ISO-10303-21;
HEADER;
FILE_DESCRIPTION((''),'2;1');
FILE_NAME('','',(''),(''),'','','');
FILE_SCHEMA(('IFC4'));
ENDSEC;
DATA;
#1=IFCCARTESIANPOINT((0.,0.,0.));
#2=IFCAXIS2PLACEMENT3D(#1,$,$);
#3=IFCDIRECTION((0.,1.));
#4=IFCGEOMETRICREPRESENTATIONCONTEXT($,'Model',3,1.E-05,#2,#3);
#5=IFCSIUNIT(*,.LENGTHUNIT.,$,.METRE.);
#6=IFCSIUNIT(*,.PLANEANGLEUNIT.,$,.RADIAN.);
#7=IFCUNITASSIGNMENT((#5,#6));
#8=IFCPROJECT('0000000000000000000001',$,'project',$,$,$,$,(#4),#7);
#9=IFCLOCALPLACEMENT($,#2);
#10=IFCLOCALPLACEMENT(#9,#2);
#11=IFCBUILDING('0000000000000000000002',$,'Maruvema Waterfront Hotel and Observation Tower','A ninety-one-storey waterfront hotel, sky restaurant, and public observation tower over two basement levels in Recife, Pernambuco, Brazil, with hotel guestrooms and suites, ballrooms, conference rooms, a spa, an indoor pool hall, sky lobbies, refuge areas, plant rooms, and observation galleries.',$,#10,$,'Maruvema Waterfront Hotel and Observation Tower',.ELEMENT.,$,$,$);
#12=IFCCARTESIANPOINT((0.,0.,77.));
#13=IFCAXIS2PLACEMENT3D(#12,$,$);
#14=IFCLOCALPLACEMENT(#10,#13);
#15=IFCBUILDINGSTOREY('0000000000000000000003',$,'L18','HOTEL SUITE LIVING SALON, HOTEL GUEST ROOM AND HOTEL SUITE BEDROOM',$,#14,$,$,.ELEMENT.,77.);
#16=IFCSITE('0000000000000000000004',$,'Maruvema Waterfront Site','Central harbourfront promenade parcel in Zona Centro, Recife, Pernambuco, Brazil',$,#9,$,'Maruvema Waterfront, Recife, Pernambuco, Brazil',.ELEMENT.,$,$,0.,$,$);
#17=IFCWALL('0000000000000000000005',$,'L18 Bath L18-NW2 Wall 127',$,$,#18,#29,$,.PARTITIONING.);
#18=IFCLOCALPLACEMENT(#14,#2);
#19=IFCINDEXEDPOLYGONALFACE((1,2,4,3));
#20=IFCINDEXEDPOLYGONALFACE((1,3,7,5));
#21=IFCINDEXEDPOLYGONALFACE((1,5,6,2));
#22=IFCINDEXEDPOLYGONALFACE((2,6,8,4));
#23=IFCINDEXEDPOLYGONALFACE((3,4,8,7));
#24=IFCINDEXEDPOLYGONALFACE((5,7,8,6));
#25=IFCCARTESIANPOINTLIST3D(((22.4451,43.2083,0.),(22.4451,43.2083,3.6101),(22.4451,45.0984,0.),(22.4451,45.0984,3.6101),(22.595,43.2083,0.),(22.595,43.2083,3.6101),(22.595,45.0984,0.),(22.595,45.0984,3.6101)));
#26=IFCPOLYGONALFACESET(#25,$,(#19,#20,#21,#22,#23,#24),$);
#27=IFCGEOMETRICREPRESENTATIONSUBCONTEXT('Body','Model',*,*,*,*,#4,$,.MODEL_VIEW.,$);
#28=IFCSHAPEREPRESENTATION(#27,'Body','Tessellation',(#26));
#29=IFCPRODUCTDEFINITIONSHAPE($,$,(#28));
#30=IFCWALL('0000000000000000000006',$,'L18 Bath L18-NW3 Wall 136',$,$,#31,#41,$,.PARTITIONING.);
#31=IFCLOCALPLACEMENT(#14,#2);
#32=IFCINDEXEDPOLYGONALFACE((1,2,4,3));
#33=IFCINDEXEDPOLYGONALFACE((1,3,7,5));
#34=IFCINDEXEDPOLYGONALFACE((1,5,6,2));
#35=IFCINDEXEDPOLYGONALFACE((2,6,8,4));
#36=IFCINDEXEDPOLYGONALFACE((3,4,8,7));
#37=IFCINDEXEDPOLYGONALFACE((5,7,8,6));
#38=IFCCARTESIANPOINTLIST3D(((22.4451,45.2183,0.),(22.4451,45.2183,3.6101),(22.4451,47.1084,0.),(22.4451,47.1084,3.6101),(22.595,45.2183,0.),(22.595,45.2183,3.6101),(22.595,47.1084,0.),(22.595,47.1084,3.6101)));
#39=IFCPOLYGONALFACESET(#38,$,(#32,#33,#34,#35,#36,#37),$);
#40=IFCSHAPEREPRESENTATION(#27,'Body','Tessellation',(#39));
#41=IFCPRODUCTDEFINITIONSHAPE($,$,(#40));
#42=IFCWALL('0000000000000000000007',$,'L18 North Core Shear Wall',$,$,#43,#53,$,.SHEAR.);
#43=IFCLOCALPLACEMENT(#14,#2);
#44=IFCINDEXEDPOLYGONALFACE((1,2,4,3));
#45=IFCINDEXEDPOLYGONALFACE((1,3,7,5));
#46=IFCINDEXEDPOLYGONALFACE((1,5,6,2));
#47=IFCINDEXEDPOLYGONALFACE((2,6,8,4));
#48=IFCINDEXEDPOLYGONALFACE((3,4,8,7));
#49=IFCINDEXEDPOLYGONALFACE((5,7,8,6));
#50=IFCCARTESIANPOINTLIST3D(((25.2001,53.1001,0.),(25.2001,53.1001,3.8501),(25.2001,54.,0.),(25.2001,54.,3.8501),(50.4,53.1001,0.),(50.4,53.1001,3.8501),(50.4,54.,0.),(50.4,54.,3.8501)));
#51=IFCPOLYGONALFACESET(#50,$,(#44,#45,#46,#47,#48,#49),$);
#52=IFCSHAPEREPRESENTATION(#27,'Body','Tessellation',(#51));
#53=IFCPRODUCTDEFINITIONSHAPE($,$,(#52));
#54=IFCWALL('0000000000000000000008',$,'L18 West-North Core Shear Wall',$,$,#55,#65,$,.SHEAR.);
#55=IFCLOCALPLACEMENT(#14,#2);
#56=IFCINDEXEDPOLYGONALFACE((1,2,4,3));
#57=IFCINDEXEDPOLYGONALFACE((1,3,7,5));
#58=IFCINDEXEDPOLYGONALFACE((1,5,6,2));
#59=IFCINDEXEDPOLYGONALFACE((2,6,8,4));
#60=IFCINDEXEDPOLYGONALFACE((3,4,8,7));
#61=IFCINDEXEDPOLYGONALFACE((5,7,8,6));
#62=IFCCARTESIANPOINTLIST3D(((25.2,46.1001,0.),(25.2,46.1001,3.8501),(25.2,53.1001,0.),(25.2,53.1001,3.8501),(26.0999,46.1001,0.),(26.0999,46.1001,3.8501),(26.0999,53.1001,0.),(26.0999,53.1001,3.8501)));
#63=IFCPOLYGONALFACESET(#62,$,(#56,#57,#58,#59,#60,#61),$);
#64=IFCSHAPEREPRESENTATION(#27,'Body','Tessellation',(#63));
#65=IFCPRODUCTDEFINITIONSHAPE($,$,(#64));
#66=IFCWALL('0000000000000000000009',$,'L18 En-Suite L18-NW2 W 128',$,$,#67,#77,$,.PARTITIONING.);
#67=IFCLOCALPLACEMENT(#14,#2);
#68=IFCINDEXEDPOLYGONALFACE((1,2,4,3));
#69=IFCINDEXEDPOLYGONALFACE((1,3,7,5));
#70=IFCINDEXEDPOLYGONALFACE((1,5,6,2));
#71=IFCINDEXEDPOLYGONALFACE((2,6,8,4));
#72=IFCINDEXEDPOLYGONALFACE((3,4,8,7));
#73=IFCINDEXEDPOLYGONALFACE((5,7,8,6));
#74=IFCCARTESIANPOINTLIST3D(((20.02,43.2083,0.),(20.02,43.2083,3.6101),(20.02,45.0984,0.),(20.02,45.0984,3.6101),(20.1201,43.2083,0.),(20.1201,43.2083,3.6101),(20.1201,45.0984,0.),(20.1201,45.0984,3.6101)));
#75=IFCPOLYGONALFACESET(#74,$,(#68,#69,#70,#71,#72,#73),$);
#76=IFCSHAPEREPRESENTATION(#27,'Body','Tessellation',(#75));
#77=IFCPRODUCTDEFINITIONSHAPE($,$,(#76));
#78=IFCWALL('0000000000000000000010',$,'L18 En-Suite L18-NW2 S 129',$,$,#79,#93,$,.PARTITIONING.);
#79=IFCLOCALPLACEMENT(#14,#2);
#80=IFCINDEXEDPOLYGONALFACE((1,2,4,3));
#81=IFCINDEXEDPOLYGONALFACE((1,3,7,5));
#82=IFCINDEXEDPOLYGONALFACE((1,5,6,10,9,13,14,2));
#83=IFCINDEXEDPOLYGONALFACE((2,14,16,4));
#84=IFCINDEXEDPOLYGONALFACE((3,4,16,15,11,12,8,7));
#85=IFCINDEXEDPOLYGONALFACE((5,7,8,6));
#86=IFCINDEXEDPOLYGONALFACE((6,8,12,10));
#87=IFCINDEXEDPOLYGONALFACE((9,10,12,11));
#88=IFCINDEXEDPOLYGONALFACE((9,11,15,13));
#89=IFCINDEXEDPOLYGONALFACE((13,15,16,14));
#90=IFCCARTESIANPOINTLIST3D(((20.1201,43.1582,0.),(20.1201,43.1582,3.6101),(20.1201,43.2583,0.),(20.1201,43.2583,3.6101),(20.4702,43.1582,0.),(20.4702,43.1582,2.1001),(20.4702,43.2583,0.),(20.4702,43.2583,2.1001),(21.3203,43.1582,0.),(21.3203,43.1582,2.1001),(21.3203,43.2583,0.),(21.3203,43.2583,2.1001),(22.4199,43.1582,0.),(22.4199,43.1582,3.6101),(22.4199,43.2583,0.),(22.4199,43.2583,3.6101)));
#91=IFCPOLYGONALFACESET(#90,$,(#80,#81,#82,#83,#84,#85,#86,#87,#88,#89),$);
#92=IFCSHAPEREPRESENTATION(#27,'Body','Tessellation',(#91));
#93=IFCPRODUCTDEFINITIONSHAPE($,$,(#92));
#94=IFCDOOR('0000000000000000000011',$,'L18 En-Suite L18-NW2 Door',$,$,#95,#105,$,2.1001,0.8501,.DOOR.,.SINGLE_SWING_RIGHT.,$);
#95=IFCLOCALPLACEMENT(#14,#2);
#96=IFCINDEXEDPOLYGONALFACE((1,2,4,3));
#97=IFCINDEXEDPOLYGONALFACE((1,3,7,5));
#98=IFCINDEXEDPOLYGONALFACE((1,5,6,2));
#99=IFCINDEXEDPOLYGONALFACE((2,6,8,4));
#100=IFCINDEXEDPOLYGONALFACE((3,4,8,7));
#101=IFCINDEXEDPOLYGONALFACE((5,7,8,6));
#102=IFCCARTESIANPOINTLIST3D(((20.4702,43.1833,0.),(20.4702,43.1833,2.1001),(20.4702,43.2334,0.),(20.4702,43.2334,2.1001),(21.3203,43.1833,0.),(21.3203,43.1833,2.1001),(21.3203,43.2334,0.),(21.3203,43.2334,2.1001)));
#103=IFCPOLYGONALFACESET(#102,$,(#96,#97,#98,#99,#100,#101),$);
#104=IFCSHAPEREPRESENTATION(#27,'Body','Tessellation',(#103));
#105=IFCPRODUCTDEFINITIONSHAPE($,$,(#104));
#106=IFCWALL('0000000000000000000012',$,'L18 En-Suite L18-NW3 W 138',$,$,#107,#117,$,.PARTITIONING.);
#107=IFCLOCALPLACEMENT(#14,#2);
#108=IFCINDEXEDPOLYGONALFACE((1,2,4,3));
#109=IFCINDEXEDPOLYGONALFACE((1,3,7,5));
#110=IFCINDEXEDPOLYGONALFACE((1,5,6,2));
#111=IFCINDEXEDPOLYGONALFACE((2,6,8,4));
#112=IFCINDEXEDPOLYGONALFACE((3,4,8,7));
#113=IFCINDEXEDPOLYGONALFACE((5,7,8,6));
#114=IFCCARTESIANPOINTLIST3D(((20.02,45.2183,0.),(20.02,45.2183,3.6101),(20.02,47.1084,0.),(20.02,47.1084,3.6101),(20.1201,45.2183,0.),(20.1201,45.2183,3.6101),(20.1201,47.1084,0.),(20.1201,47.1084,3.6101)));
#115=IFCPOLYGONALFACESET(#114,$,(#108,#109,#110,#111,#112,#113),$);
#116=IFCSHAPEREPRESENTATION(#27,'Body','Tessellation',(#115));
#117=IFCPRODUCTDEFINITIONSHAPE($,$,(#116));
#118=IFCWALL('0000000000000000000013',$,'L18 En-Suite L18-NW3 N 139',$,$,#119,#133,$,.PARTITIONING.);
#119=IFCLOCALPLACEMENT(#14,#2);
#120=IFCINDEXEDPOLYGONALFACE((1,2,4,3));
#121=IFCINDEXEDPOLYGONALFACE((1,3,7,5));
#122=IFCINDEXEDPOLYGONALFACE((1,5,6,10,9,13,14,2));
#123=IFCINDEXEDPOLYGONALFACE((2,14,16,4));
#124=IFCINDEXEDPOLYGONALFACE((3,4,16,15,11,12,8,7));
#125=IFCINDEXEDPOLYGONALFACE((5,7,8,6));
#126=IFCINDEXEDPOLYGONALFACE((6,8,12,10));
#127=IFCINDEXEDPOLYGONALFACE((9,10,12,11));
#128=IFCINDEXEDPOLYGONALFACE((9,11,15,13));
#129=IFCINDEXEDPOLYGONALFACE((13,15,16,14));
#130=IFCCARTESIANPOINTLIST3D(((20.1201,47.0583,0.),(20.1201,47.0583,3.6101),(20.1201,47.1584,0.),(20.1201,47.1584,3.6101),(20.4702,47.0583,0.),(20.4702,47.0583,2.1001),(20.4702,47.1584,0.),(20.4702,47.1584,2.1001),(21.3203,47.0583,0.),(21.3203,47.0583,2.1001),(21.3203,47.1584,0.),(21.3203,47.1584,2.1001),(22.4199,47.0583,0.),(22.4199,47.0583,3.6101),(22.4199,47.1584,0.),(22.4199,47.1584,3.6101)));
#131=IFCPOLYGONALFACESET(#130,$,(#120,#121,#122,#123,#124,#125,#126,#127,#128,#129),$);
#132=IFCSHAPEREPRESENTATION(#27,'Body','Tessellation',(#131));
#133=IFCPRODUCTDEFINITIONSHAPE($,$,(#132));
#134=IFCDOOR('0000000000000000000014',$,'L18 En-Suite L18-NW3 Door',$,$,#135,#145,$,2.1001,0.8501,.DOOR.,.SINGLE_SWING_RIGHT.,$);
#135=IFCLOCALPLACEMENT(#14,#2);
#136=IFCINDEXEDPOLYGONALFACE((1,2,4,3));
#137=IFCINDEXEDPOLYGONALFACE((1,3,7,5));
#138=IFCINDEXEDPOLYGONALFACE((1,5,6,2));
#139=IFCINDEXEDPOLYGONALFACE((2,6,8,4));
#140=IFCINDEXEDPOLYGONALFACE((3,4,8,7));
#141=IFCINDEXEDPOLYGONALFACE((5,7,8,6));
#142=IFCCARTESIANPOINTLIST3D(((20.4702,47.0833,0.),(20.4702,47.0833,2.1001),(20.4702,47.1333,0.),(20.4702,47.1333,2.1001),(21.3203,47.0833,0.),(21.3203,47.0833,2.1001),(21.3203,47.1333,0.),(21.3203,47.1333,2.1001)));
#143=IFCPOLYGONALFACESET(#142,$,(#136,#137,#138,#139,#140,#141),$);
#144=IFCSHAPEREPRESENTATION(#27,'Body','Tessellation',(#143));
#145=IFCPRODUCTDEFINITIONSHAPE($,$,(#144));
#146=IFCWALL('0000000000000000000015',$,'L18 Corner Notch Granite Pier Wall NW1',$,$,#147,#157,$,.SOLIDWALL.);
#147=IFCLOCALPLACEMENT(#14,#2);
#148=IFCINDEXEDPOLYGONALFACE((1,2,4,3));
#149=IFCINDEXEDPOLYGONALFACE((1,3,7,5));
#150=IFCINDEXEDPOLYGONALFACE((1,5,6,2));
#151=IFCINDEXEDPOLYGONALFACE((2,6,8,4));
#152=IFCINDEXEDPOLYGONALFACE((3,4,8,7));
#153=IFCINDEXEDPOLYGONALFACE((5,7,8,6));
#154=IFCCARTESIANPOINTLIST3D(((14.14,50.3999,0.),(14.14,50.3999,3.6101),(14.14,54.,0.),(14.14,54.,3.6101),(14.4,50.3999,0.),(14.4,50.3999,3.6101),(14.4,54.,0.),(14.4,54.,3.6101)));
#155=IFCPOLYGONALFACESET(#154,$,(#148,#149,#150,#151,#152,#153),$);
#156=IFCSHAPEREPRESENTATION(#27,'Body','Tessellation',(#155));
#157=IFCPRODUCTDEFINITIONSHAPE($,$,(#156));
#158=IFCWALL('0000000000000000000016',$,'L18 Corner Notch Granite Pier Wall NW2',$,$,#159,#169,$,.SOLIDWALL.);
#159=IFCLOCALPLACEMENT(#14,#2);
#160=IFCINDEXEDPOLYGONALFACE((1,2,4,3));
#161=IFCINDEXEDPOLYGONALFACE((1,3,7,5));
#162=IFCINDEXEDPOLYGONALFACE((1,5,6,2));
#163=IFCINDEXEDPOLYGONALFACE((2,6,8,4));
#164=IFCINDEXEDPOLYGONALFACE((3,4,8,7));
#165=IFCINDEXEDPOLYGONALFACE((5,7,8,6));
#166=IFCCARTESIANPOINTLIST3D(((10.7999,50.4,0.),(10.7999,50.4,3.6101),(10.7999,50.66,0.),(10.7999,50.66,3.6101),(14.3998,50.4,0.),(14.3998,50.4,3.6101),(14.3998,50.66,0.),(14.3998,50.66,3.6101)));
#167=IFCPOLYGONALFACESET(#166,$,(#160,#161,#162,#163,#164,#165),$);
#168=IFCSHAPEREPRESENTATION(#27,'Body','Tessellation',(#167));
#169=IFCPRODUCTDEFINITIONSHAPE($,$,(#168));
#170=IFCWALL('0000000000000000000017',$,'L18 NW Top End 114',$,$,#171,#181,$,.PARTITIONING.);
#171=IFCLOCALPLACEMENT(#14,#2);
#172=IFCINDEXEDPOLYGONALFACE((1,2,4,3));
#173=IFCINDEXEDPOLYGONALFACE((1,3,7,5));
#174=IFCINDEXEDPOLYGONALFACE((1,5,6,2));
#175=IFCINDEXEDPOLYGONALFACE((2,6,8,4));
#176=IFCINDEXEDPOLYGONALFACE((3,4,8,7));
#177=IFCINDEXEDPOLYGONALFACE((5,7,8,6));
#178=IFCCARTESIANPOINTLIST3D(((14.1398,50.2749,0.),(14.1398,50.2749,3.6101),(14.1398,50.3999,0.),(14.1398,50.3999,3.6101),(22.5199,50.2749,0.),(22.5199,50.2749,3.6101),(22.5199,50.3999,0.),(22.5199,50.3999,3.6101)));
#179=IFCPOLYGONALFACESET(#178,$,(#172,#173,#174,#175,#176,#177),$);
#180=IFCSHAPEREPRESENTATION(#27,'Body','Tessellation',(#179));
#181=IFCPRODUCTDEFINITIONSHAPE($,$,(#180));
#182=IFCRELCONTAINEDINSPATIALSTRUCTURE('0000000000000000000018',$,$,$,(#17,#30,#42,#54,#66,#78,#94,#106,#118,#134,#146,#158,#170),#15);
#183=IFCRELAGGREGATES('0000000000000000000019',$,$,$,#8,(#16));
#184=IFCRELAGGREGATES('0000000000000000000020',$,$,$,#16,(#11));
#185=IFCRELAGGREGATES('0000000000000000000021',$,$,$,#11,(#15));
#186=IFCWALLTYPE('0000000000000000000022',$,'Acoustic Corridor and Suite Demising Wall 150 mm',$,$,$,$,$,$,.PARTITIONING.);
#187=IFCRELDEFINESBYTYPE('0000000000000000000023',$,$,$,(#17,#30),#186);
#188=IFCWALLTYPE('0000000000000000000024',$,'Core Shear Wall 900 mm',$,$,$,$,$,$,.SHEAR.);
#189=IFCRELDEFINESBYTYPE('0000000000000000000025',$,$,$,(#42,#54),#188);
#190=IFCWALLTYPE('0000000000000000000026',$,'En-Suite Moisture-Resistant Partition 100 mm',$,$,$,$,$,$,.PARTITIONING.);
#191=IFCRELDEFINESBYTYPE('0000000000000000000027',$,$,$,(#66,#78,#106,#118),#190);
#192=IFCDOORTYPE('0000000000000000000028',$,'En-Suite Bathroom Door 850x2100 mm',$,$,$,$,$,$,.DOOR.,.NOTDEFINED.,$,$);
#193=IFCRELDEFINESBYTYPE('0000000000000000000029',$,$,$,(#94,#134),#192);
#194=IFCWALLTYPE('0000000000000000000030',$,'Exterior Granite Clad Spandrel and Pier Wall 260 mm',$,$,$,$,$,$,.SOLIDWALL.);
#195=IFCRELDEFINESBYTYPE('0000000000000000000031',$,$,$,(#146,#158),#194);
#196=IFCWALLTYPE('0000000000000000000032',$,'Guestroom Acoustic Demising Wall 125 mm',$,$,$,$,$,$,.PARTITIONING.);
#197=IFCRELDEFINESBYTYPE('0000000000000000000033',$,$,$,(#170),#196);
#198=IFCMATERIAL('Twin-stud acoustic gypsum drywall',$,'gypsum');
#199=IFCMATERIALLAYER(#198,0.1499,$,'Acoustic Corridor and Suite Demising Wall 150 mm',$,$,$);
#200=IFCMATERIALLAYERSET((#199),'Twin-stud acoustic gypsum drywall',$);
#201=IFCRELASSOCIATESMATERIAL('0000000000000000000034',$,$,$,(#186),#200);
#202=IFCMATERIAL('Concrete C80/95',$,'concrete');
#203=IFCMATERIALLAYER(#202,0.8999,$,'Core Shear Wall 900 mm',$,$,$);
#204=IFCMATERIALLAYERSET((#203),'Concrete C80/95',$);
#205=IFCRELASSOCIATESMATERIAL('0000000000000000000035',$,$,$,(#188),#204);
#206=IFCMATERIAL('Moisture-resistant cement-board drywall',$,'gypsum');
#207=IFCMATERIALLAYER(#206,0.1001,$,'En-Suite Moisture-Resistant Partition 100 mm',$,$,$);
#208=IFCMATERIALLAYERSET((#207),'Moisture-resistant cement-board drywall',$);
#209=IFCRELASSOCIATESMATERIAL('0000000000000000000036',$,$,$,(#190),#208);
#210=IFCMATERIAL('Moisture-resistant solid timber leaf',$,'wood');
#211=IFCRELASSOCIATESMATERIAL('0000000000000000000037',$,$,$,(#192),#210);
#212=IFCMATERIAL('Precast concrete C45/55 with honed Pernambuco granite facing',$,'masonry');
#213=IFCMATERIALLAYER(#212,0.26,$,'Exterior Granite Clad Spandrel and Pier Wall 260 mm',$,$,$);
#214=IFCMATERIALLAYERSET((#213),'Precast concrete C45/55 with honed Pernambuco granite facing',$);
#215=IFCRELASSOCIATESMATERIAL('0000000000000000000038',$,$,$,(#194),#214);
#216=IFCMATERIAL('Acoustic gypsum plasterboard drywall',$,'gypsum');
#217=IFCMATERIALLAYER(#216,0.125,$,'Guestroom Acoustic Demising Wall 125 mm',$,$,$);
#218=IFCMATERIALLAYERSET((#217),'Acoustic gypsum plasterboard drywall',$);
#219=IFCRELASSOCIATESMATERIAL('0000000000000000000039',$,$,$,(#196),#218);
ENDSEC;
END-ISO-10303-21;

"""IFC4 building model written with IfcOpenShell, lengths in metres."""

from ifc_helpers import new_model, si_unit, direction, frame, frame_2d, origin, place, context, subcontext, project, spatial, rectangle, extrude, material, layer, layer_set, type_object, element, fill, save


model = new_model("IFC4")

# Units and contexts
model_context = context("Model", 3, precision=1e-05, world=origin(), true_north=direction((0.0, 1.0)))
body_context = subcontext(model_context, "Body", "Model", "MODEL_VIEW")
ifc_project = project(units=[si_unit("LENGTHUNIT", "METRE"), si_unit("PLANEANGLEUNIT", "RADIAN")], contexts=[model_context])

# Site, building, storey
site_placement = place(None, origin())
site = spatial("IfcSite", under=ifc_project, at=site_placement, Name="Maruvema Waterfront Site", Description="Central harbourfront promenade parcel in Zona Centro, Recife, Pernambuco, Brazil", LongName="Maruvema Waterfront, Recife, Pernambuco, Brazil", CompositionType="ELEMENT", RefElevation=0.0)
building_placement = place(site_placement, origin())
building = spatial("IfcBuilding", under=site, at=building_placement, Name="Maruvema Waterfront Hotel and Observation Tower", Description="A ninety-one-storey waterfront hotel, sky restaurant, and public observation tower over two basement levels in Recife, Pernambuco, Brazil, with hotel guestrooms and suites, ballrooms, conference rooms, a spa, an indoor pool hall, sky lobbies, refuge areas, plant rooms, and observation galleries.", LongName="Maruvema Waterfront Hotel and Observation Tower", CompositionType="ELEMENT")
storey_placement = place(building_placement, frame((0.0, 0.0, 77.0)))
storey = spatial("IfcBuildingStorey", under=building, at=storey_placement, Name="L18", Description="HOTEL SUITE LIVING SALON, HOTEL GUEST ROOM AND HOTEL SUITE BEDROOM", CompositionType="ELEMENT", Elevation=77.0)

# Walls
ifc_material_1 = material(Name="Twin-stud acoustic gypsum drywall", Category="gypsum")
ifc_layer_1 = layer(ifc_material_1, 0.1499, Name="Acoustic Corridor and Suite Demising Wall 150 mm")
ifc_layer_set_1 = layer_set([ifc_layer_1], Name="Twin-stud acoustic gypsum drywall")
wall_type_1 = type_object("IfcWallType", Name="Acoustic Corridor and Suite Demising Wall 150 mm", PredefinedType="PARTITIONING", material=ifc_layer_set_1)
for number, where, z_axis, x_axis, name in (
    (1, (22.52, 43.2083, 0.0), (0.0, 0.0, 1.0), (0.0, 1.0, 0.0), "L18 Bath L18-NW2 Wall 127"),
    (2, (22.52, 45.2183, 0.0), (0.0, 0.0, 1.0), (0.0, 1.0, 0.0), "L18 Bath L18-NW3 Wall 136"),
):
    element("IfcWall", number, at=place(storey_placement, frame(where, z_axis=z_axis, x_axis=x_axis)), inside=storey, type_object=wall_type_1, Name=name, PredefinedType="PARTITIONING", context=body_context, shape_type="SweptSolid", body=[
        extrude(rectangle(XDim=1.8901, YDim=0.1499, at=frame_2d((0.9451, 0.0))), origin(), (0.0, 0.0, 1.0), 3.6101),
    ])

# Walls
ifc_material_2 = material(Name="Concrete C80/95", Category="concrete")
ifc_layer_2 = layer(ifc_material_2, 0.8999, Name="Core Shear Wall 900 mm")
ifc_layer_set_2 = layer_set([ifc_layer_2], Name="Concrete C80/95")
wall_type_2 = type_object("IfcWallType", Name="Core Shear Wall 900 mm", PredefinedType="SHEAR", material=ifc_layer_set_2)
wall_1_placement = place(storey_placement, frame((25.2, 53.55, 0.0), z_axis=(0.0, 0.0, 1.0), x_axis=(1.0, 0.0, 0.0)))
element("IfcWall", 3, at=wall_1_placement, inside=storey, type_object=wall_type_2, Name="L18 North Core Shear Wall", PredefinedType="SHEAR", context=body_context, shape_type="SweptSolid", body=[
    extrude(rectangle(XDim=25.2, YDim=0.8999, at=frame_2d((12.6001, 0.0))), origin(), (0.0, 0.0, 1.0), 3.8501),
])
wall_2_placement = place(storey_placement, frame((25.6499, 46.1001, 0.0), z_axis=(0.0, 0.0, 1.0), x_axis=(0.0, 1.0, 0.0)))
element("IfcWall", 4, at=wall_2_placement, inside=storey, type_object=wall_type_2, Name="L18 West-North Core Shear Wall", PredefinedType="SHEAR", context=body_context, shape_type="SweptSolid", body=[
    extrude(rectangle(XDim=7.0, YDim=0.8999, at=frame_2d((3.5, 0.0))), origin(), (0.0, 0.0, 1.0), 3.8501),
])
ifc_material_3 = material(Name="Moisture-resistant cement-board drywall", Category="gypsum")
ifc_layer_3 = layer(ifc_material_3, 0.1001, Name="En-Suite Moisture-Resistant Partition 100 mm")
ifc_layer_set_3 = layer_set([ifc_layer_3], Name="Moisture-resistant cement-board drywall")
wall_type_3 = type_object("IfcWallType", Name="En-Suite Moisture-Resistant Partition 100 mm", PredefinedType="PARTITIONING", material=ifc_layer_set_3)
wall_3_placement = place(storey_placement, frame((20.0701, 43.2083, 0.0), z_axis=(0.0, 0.0, 1.0), x_axis=(0.0, 1.0, 0.0)))
element("IfcWall", 5, at=wall_3_placement, inside=storey, type_object=wall_type_3, Name="L18 En-Suite L18-NW2 W 128", PredefinedType="PARTITIONING", context=body_context, shape_type="SweptSolid", body=[
    extrude(rectangle(XDim=1.8901, YDim=0.1001, at=frame_2d((0.9451, 0.0))), origin(), (0.0, 0.0, 1.0), 3.6101),
])

# Wall, opening, door
wall_4_placement = place(storey_placement, frame((20.1201, 43.2083, 0.0), z_axis=(0.0, 0.0, 1.0), x_axis=(1.0, 0.0, 0.0)))
wall_4 = element("IfcWall", 6, at=wall_4_placement, inside=storey, type_object=wall_type_3, Name="L18 En-Suite L18-NW2 S 129", PredefinedType="PARTITIONING", context=body_context, shape_type="SweptSolid", body=[
    extrude(rectangle(XDim=2.2998, YDim=0.1001, at=frame_2d((1.1499, 0.0))), origin(), (0.0, 0.0, 1.0), 3.6101),
])
opening_1_placement = place(wall_4_placement, frame((0.3501, 0.0, 0.0)))
opening_1 = element("IfcOpeningElement", 7, at=opening_1_placement, cuts=wall_4, PredefinedType="OPENING", context=body_context, shape_type="SweptSolid", body=[
    extrude(rectangle(XDim=0.8501, YDim=2.1001, at=frame_2d((0.425, 1.05))), frame((0.0, 0.0601, 0.0), z_axis=(0.0, -1.0, 0.0), x_axis=(1.0, 0.0, 0.0)), (0.0, 0.0, 1.0), 0.1201),
])
ifc_material_4 = material(Name="Moisture-resistant solid timber leaf", Category="wood")
door_type_1 = type_object("IfcDoorType", Name="En-Suite Bathroom Door 850x2100 mm", OperationType="NOTDEFINED", PredefinedType="DOOR", material=ifc_material_4)
door_1_placement = place(opening_1_placement, frame((0.8501, 0.0, 0.0), z_axis=(0.0, 0.0, 1.0), x_axis=(-1.0, 0.0, 0.0)))
door_1 = element("IfcDoor", 8, at=door_1_placement, inside=storey, type_object=door_type_1, Name="L18 En-Suite L18-NW2 Door", OperationType="SINGLE_SWING_RIGHT", OverallHeight=2.1001, OverallWidth=0.8501, PredefinedType="DOOR", context=body_context, shape_type="SweptSolid", body=[
    extrude(rectangle(XDim=0.8501, YDim=2.1001, at=frame_2d((0.425, 1.05))), frame((0.0, 0.0249, 0.0), z_axis=(0.0, -1.0, 0.0), x_axis=(1.0, 0.0, 0.0)), (0.0, 0.0, 1.0), 0.05),
])
fill(opening_1, door_1)

# Wall
wall_5_placement = place(storey_placement, frame((20.0701, 45.2183, 0.0), z_axis=(0.0, 0.0, 1.0), x_axis=(0.0, 1.0, 0.0)))
element("IfcWall", 9, at=wall_5_placement, inside=storey, type_object=wall_type_3, Name="L18 En-Suite L18-NW3 W 138", PredefinedType="PARTITIONING", context=body_context, shape_type="SweptSolid", body=[
    extrude(rectangle(XDim=1.8901, YDim=0.1001, at=frame_2d((0.9451, 0.0))), origin(), (0.0, 0.0, 1.0), 3.6101),
])

# Wall, opening, door
wall_6_placement = place(storey_placement, frame((20.1201, 47.1084, 0.0), z_axis=(0.0, 0.0, 1.0), x_axis=(1.0, 0.0, 0.0)))
wall_6 = element("IfcWall", 10, at=wall_6_placement, inside=storey, type_object=wall_type_3, Name="L18 En-Suite L18-NW3 N 139", PredefinedType="PARTITIONING", context=body_context, shape_type="SweptSolid", body=[
    extrude(rectangle(XDim=2.2998, YDim=0.1001, at=frame_2d((1.1499, 0.0))), origin(), (0.0, 0.0, 1.0), 3.6101),
])
opening_2_placement = place(wall_6_placement, frame((0.3501, 0.0, 0.0)))
opening_2 = element("IfcOpeningElement", 11, at=opening_2_placement, cuts=wall_6, PredefinedType="OPENING", context=body_context, shape_type="SweptSolid", body=[
    extrude(rectangle(XDim=0.8501, YDim=2.1001, at=frame_2d((0.425, 1.05))), frame((0.0, 0.0601, 0.0), z_axis=(0.0, -1.0, 0.0), x_axis=(1.0, 0.0, 0.0)), (0.0, 0.0, 1.0), 0.1201),
])
door_2_placement = place(opening_2_placement, origin())
door_2 = element("IfcDoor", 12, at=door_2_placement, inside=storey, type_object=door_type_1, Name="L18 En-Suite L18-NW3 Door", OperationType="SINGLE_SWING_RIGHT", OverallHeight=2.1001, OverallWidth=0.8501, PredefinedType="DOOR", context=body_context, shape_type="SweptSolid", body=[
    extrude(rectangle(XDim=0.8501, YDim=2.1001, at=frame_2d((0.425, 1.05))), frame((0.0, 0.0249, 0.0), z_axis=(0.0, -1.0, 0.0), x_axis=(1.0, 0.0, 0.0)), (0.0, 0.0, 1.0), 0.05),
])
fill(opening_2, door_2)

# Walls
ifc_material_5 = material(Name="Precast concrete C45/55 with honed Pernambuco granite facing", Category="masonry")
ifc_layer_4 = layer(ifc_material_5, 0.26, Name="Exterior Granite Clad Spandrel and Pier Wall 260 mm")
ifc_layer_set_4 = layer_set([ifc_layer_4], Name="Precast concrete C45/55 with honed Pernambuco granite facing")
wall_type_4 = type_object("IfcWallType", Name="Exterior Granite Clad Spandrel and Pier Wall 260 mm", PredefinedType="SOLIDWALL", material=ifc_layer_set_4)
wall_7_placement = place(storey_placement, frame((14.27, 50.3999, 0.0), z_axis=(0.0, 0.0, 1.0), x_axis=(0.0, 1.0, 0.0)))
element("IfcWall", 13, at=wall_7_placement, inside=storey, type_object=wall_type_4, Name="L18 Corner Notch Granite Pier Wall NW1", PredefinedType="SOLIDWALL", context=body_context, shape_type="SweptSolid", body=[
    extrude(rectangle(XDim=3.6001, YDim=0.26, at=frame_2d((1.8, 0.0))), origin(), (0.0, 0.0, 1.0), 3.6101),
])
wall_8_placement = place(storey_placement, frame((10.8, 50.53, 0.0), z_axis=(0.0, 0.0, 1.0), x_axis=(1.0, 0.0, 0.0)))
element("IfcWall", 14, at=wall_8_placement, inside=storey, type_object=wall_type_4, Name="L18 Corner Notch Granite Pier Wall NW2", PredefinedType="SOLIDWALL", context=body_context, shape_type="SweptSolid", body=[
    extrude(rectangle(XDim=3.5999, YDim=0.26, at=frame_2d((1.7998, 0.0))), origin(), (0.0, 0.0, 1.0), 3.6101),
])
ifc_material_6 = material(Name="Acoustic gypsum plasterboard drywall", Category="gypsum")
ifc_layer_5 = layer(ifc_material_6, 0.125, Name="Guestroom Acoustic Demising Wall 125 mm")
ifc_layer_set_5 = layer_set([ifc_layer_5], Name="Acoustic gypsum plasterboard drywall")
wall_type_5 = type_object("IfcWallType", Name="Guestroom Acoustic Demising Wall 125 mm", PredefinedType="PARTITIONING", material=ifc_layer_set_5)
wall_9_placement = place(storey_placement, frame((14.1399, 50.3374, 0.0), z_axis=(0.0, 0.0, 1.0), x_axis=(1.0, 0.0, 0.0)))
element("IfcWall", 15, at=wall_9_placement, inside=storey, type_object=wall_type_5, Name="L18 NW Top End 114", PredefinedType="PARTITIONING", context=body_context, shape_type="SweptSolid", body=[
    extrude(rectangle(XDim=8.3801, YDim=0.125, at=frame_2d((4.1899, 0.0))), origin(), (0.0, 0.0, 1.0), 3.6101),
])

save(model, "model.ifc")
